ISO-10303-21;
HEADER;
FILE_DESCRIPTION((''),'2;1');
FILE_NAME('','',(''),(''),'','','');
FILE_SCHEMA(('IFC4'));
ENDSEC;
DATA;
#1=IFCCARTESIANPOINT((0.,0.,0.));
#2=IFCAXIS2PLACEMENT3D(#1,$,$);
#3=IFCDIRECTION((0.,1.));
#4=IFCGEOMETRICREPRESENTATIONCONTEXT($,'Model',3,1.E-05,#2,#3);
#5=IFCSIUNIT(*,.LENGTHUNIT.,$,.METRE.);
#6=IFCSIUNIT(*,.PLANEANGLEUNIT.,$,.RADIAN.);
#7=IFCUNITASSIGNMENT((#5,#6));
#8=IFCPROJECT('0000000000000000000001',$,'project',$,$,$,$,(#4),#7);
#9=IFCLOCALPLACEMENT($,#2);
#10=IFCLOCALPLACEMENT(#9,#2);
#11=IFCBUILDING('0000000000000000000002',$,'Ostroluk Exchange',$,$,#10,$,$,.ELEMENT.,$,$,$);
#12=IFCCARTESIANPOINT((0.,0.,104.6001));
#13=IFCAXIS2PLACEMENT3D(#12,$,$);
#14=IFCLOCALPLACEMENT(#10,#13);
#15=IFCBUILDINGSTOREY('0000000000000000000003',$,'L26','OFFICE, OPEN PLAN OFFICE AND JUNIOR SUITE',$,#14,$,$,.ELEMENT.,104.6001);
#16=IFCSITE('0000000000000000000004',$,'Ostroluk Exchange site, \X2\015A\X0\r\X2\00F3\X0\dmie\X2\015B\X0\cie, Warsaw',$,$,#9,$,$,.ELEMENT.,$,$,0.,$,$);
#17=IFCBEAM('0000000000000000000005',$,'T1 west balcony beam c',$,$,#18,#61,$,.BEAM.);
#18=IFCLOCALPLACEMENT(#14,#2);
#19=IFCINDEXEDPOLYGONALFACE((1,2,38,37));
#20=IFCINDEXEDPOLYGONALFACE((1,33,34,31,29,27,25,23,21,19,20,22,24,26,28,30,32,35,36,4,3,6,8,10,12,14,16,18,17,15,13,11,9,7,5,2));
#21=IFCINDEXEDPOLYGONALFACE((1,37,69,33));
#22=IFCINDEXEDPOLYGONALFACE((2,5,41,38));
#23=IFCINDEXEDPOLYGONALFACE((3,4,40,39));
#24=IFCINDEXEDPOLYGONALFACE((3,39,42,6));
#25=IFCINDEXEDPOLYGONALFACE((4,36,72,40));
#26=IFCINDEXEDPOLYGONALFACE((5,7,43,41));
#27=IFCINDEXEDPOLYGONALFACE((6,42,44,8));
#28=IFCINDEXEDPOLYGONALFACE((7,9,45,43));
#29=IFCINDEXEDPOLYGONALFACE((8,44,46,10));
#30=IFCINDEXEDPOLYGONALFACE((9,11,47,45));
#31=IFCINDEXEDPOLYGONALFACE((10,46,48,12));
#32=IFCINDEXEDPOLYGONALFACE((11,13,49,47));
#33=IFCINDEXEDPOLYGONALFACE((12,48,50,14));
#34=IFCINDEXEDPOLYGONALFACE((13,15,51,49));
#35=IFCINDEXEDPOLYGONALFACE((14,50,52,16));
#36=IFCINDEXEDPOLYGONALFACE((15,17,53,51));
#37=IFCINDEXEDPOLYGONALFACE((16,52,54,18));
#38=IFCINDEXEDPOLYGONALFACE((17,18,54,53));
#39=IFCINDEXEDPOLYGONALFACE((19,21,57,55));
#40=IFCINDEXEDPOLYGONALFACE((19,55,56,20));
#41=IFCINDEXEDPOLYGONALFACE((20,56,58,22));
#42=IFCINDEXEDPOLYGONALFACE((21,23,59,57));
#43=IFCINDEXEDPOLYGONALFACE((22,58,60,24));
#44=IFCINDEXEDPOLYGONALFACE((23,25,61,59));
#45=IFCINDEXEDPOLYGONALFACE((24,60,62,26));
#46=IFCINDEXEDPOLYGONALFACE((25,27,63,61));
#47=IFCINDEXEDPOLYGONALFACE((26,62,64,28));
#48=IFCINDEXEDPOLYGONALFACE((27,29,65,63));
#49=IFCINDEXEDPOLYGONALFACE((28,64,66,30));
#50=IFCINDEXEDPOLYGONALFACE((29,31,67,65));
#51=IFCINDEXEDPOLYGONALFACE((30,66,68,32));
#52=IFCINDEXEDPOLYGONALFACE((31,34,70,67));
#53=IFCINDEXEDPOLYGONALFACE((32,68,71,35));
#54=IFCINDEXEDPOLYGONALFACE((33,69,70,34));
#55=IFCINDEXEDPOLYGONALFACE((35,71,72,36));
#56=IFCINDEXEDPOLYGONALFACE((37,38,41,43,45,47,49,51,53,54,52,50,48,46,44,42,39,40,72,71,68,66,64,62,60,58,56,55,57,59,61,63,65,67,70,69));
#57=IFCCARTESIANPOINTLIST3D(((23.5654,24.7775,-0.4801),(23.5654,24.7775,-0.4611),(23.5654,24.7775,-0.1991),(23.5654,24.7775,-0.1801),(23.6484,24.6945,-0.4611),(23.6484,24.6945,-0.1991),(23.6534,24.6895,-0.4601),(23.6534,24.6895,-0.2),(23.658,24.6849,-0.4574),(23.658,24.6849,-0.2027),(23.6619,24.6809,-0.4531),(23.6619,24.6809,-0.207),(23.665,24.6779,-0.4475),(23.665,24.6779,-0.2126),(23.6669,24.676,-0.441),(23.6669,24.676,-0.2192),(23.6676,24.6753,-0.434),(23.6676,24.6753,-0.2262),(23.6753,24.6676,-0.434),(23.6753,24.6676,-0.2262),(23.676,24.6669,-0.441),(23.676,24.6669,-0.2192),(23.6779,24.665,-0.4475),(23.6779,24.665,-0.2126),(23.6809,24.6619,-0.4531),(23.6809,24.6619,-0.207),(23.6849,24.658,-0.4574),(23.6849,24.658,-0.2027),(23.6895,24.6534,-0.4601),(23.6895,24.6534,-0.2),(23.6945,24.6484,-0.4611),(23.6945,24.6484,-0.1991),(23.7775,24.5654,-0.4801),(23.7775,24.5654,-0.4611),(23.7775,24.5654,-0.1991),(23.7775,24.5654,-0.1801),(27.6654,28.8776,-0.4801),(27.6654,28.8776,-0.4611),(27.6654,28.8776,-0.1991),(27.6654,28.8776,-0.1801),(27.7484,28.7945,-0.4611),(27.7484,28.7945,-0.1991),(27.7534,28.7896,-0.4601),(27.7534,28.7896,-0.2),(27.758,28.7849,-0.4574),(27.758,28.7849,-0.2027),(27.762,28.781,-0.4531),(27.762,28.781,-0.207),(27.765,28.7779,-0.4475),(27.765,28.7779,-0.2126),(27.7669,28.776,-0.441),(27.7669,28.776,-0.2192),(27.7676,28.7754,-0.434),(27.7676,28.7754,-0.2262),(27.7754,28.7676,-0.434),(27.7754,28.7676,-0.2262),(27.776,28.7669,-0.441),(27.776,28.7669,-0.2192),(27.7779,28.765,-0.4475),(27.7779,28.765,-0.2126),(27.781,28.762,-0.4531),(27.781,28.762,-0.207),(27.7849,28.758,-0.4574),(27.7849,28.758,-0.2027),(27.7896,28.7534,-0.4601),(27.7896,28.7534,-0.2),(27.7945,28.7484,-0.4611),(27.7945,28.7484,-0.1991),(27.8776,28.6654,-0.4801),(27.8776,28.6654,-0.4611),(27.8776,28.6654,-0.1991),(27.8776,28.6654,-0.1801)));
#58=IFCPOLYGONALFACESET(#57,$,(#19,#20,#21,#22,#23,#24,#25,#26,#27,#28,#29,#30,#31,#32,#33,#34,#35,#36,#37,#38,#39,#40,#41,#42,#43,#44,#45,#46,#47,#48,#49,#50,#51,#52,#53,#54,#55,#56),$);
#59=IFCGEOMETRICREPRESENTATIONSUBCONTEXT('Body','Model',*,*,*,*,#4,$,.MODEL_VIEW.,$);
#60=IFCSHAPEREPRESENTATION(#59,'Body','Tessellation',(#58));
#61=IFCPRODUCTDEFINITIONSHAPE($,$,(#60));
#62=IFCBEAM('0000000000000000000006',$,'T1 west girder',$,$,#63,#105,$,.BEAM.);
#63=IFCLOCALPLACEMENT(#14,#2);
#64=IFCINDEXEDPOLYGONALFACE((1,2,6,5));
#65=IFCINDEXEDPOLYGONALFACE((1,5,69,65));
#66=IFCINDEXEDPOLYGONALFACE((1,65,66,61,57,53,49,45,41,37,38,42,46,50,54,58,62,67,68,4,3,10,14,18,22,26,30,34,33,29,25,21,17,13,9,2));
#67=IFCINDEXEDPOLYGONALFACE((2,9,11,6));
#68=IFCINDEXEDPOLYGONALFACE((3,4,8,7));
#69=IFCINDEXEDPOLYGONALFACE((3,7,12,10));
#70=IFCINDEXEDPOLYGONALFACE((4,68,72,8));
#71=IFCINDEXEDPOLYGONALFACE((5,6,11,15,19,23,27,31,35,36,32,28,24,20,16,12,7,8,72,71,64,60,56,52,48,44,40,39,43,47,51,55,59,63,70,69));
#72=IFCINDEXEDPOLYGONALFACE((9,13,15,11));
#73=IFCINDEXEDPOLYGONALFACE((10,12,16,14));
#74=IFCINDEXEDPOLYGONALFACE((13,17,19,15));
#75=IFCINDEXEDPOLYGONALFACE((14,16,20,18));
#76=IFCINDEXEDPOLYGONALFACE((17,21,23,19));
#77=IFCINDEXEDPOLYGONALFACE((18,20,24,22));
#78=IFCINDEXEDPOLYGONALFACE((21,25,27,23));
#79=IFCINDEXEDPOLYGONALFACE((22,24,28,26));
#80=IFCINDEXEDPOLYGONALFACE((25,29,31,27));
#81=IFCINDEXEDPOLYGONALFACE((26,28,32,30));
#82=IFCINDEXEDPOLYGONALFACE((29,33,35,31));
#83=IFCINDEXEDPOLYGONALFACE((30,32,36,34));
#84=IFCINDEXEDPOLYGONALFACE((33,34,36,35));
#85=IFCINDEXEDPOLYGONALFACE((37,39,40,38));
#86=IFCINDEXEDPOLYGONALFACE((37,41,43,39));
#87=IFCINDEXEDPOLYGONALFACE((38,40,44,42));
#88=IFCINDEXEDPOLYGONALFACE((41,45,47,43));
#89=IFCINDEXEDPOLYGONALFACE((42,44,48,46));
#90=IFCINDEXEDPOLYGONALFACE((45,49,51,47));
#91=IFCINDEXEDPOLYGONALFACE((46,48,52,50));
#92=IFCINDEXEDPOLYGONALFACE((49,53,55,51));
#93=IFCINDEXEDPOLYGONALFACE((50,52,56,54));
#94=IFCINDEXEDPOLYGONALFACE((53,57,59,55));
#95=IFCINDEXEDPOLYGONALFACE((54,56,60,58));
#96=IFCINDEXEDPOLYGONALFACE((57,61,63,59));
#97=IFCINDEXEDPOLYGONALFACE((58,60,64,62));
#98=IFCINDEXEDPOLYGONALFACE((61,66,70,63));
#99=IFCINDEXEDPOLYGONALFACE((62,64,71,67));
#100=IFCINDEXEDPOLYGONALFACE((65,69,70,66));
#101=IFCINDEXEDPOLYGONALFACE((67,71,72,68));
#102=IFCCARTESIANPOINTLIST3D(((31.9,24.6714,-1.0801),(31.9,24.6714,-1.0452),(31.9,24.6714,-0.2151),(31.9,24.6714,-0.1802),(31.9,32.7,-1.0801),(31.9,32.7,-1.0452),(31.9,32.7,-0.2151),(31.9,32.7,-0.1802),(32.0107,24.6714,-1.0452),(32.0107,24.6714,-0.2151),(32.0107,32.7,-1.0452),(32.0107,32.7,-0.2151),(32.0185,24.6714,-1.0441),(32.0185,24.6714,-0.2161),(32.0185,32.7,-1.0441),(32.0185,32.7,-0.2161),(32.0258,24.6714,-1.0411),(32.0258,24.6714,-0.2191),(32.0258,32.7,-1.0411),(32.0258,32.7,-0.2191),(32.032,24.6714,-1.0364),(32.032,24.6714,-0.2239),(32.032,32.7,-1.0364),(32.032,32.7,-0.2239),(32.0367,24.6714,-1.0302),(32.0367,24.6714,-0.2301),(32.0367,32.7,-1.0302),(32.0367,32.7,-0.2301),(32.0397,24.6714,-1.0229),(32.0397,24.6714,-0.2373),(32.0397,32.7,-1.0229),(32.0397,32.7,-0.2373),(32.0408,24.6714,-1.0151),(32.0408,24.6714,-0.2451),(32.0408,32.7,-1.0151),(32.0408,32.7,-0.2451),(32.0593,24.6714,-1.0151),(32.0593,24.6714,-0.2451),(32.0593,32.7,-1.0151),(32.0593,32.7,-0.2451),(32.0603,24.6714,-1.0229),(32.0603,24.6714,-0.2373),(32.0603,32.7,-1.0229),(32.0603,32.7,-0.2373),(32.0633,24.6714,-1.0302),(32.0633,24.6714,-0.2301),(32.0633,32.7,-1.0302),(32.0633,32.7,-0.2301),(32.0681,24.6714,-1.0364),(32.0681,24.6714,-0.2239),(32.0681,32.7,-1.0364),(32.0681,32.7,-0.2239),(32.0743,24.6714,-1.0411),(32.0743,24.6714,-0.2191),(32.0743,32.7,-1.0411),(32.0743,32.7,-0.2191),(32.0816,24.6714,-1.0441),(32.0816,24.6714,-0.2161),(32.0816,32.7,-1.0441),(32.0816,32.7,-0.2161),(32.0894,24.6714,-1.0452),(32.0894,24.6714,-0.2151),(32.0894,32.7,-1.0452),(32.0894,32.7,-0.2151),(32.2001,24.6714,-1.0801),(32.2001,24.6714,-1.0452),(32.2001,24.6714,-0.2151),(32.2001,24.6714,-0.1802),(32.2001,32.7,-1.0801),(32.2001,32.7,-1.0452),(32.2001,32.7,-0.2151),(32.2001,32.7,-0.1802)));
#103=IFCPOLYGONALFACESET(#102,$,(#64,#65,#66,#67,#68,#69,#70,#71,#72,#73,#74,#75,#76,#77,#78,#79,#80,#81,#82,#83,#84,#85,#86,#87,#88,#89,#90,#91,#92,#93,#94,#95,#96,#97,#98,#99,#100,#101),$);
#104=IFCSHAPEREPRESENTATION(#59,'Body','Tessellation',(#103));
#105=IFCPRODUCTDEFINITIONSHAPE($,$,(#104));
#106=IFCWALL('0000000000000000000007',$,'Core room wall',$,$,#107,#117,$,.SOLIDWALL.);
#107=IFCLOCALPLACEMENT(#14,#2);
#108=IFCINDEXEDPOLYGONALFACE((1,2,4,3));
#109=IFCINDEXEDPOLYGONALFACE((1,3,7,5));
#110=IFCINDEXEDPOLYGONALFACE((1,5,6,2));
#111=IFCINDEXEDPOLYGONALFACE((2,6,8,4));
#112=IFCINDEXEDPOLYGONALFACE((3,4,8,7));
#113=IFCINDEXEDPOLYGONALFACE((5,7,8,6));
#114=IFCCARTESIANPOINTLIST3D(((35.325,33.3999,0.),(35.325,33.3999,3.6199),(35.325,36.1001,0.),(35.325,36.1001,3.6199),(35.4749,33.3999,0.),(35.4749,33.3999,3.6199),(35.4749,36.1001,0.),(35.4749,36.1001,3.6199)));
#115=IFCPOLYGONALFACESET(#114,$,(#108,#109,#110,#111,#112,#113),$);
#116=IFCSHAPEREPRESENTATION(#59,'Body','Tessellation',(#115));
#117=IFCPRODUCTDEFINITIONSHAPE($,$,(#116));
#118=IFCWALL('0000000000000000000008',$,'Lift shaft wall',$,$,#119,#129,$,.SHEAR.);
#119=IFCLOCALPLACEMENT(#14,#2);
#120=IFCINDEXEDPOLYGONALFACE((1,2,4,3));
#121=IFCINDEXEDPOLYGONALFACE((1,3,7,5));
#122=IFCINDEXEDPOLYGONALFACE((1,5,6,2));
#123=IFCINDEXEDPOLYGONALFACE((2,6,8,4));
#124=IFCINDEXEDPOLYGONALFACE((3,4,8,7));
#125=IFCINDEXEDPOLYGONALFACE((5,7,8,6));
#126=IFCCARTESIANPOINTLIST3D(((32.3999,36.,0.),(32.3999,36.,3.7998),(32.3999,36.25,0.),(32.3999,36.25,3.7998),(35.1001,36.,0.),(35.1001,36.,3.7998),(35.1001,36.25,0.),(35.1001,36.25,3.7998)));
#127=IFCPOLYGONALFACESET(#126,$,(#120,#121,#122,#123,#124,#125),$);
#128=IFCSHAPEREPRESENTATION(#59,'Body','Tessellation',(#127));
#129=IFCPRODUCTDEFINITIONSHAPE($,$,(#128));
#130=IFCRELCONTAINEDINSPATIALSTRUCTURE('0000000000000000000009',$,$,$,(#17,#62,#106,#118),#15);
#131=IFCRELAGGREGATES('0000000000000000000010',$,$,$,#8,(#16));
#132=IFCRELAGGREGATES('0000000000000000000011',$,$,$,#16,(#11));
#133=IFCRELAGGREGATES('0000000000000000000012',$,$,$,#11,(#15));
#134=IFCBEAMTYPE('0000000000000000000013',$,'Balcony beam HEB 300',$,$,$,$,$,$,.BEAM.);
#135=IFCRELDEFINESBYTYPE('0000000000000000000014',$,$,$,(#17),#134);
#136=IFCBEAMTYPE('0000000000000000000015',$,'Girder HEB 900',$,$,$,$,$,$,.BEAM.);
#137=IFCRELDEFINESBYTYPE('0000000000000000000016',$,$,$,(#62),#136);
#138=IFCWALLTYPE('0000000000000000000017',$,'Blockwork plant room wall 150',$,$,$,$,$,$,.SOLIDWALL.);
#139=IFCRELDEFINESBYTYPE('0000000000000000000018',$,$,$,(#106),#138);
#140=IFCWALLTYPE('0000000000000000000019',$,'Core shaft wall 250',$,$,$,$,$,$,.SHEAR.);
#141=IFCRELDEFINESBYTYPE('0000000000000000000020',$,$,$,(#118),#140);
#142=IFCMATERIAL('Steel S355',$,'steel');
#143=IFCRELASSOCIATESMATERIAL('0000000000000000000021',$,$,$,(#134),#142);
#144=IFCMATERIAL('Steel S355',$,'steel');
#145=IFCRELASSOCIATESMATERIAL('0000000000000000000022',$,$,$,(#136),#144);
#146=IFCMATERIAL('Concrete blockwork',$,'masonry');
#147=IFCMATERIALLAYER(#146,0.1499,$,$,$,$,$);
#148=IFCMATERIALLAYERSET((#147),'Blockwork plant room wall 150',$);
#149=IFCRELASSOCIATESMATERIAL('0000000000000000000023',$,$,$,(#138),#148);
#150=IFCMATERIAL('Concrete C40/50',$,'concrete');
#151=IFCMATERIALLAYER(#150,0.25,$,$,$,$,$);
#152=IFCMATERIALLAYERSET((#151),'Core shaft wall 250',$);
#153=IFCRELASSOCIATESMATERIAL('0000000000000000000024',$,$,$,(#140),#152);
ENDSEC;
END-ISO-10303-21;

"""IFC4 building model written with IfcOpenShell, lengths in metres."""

from ifc_helpers import new_model, si_unit, direction, frame, frame_2d, origin, origin_2d, place, context, subcontext, project, spatial, rectangle, i_section, extrude, material, layer, layer_set, material_profile, profile_set, type_object, element, save


model = new_model("IFC4")

# Units and contexts
model_context = context("Model", 3, precision=1e-05, world=origin(), true_north=direction((0.0, 1.0)))
body_context = subcontext(model_context, "Body", "Model", "MODEL_VIEW")
ifc_project = project(units=[si_unit("LENGTHUNIT", "METRE"), si_unit("PLANEANGLEUNIT", "RADIAN")], contexts=[model_context])

# Site, building, storey
site_placement = place(None, origin())
site = spatial("IfcSite", under=ifc_project, at=site_placement, Name="Ostroluk Exchange site, Śródmieście, Warsaw", CompositionType="ELEMENT", RefElevation=0.0)
building_placement = place(site_placement, origin())
building = spatial("IfcBuilding", under=site, at=building_placement, Name="Ostroluk Exchange", CompositionType="ELEMENT")
storey_placement = place(building_placement, frame((0.0, 0.0, 104.6001)))
storey = spatial("IfcBuildingStorey", under=building, at=storey_placement, Name="L26", Description="OFFICE, OPEN PLAN OFFICE AND JUNIOR SUITE", CompositionType="ELEMENT", Elevation=104.6001)

# Beams
ifc_material_1 = material(Name="Steel S355", Category="steel")
ifc_material_profile_1 = material_profile(ifc_material_1, i_section(OverallWidth=0.3, OverallDepth=0.3, WebThickness=0.011, FlangeThickness=0.019, FilletRadius=0.0271, at=origin_2d()), Name="HEB 300")
ifc_profile_set_1 = profile_set([ifc_material_profile_1], Name="Steel S355")
beam_type_1 = type_object("IfcBeamType", Name="Balcony beam HEB 300", PredefinedType="BEAM", material=ifc_profile_set_1)
beam_1_placement = place(storey_placement, frame((27.7715, 28.7715, -0.3301), z_axis=(-0.707107, -0.707107, 0.0), x_axis=(0.707107, -0.707107, 0.0)))
element("IfcBeam", 1, at=beam_1_placement, inside=storey, type_object=beam_type_1, Name="T1 west balcony beam c", PredefinedType="BEAM", context=body_context, shape_type="SweptSolid", body=[
    extrude(i_section(OverallWidth=0.3, OverallDepth=0.3, WebThickness=0.011, FlangeThickness=0.019, FilletRadius=0.0271, at=origin_2d()), origin(), (0.0, 0.0, 1.0), 5.7983),
])
ifc_material_2 = material(Name="Steel S355", Category="steel")
ifc_material_profile_2 = material_profile(ifc_material_2, i_section(OverallWidth=0.3, OverallDepth=0.8999, WebThickness=0.0186, FlangeThickness=0.0349, FilletRadius=0.03, at=origin_2d()), Name="HEB 900")
ifc_profile_set_2 = profile_set([ifc_material_profile_2], Name="Steel S355")
beam_type_2 = type_object("IfcBeamType", Name="Girder HEB 900", PredefinedType="BEAM", material=ifc_profile_set_2)
beam_2_placement = place(storey_placement, frame((32.05, 32.7, -0.6301), z_axis=(0.0, -1.0, 0.0), x_axis=(1.0, 0.0, 0.0)))
element("IfcBeam", 2, at=beam_2_placement, inside=storey, type_object=beam_type_2, Name="T1 west girder", PredefinedType="BEAM", context=body_context, shape_type="SweptSolid", body=[
    extrude(i_section(OverallWidth=0.3, OverallDepth=0.8999, WebThickness=0.0186, FlangeThickness=0.0349, FilletRadius=0.03, at=origin_2d()), origin(), (0.0, 0.0, 1.0), 8.0286),
])

# Walls
ifc_material_3 = material(Name="Concrete blockwork", Category="masonry")
ifc_layer_1 = layer(ifc_material_3, 0.1499)
ifc_layer_set_1 = layer_set([ifc_layer_1], Name="Blockwork plant room wall 150")
wall_type_1 = type_object("IfcWallType", Name="Blockwork plant room wall 150", PredefinedType="SOLIDWALL", material=ifc_layer_set_1)
wall_1_placement = place(storey_placement, frame((35.3999, 33.3999, 0.0), z_axis=(0.0, 0.0, 1.0), x_axis=(0.0, 1.0, 0.0)))
element("IfcWall", 3, at=wall_1_placement, inside=storey, type_object=wall_type_1, Name="Core room wall", PredefinedType="SOLIDWALL", context=body_context, shape_type="SweptSolid", body=[
    extrude(rectangle(XDim=2.7002, YDim=0.1499, at=frame_2d((1.3501, 0.0))), origin(), (0.0, 0.0, 1.0), 3.6199),
])
ifc_material_4 = material(Name="Concrete C40/50", Category="concrete")
ifc_layer_2 = layer(ifc_material_4, 0.25)
ifc_layer_set_2 = layer_set([ifc_layer_2], Name="Core shaft wall 250")
wall_type_2 = type_object("IfcWallType", Name="Core shaft wall 250", PredefinedType="SHEAR", material=ifc_layer_set_2)
wall_2_placement = place(storey_placement, frame((32.3999, 36.125, 0.0), z_axis=(0.0, 0.0, 1.0), x_axis=(1.0, 0.0, 0.0)))
element("IfcWall", 4, at=wall_2_placement, inside=storey, type_object=wall_type_2, Name="Lift shaft wall", PredefinedType="SHEAR", context=body_context, shape_type="SweptSolid", body=[
    extrude(rectangle(XDim=2.7002, YDim=0.25, at=frame_2d((1.3501, 0.0))), origin(), (0.0, 0.0, 1.0), 3.7998),
])

save(model, "model.ifc")
